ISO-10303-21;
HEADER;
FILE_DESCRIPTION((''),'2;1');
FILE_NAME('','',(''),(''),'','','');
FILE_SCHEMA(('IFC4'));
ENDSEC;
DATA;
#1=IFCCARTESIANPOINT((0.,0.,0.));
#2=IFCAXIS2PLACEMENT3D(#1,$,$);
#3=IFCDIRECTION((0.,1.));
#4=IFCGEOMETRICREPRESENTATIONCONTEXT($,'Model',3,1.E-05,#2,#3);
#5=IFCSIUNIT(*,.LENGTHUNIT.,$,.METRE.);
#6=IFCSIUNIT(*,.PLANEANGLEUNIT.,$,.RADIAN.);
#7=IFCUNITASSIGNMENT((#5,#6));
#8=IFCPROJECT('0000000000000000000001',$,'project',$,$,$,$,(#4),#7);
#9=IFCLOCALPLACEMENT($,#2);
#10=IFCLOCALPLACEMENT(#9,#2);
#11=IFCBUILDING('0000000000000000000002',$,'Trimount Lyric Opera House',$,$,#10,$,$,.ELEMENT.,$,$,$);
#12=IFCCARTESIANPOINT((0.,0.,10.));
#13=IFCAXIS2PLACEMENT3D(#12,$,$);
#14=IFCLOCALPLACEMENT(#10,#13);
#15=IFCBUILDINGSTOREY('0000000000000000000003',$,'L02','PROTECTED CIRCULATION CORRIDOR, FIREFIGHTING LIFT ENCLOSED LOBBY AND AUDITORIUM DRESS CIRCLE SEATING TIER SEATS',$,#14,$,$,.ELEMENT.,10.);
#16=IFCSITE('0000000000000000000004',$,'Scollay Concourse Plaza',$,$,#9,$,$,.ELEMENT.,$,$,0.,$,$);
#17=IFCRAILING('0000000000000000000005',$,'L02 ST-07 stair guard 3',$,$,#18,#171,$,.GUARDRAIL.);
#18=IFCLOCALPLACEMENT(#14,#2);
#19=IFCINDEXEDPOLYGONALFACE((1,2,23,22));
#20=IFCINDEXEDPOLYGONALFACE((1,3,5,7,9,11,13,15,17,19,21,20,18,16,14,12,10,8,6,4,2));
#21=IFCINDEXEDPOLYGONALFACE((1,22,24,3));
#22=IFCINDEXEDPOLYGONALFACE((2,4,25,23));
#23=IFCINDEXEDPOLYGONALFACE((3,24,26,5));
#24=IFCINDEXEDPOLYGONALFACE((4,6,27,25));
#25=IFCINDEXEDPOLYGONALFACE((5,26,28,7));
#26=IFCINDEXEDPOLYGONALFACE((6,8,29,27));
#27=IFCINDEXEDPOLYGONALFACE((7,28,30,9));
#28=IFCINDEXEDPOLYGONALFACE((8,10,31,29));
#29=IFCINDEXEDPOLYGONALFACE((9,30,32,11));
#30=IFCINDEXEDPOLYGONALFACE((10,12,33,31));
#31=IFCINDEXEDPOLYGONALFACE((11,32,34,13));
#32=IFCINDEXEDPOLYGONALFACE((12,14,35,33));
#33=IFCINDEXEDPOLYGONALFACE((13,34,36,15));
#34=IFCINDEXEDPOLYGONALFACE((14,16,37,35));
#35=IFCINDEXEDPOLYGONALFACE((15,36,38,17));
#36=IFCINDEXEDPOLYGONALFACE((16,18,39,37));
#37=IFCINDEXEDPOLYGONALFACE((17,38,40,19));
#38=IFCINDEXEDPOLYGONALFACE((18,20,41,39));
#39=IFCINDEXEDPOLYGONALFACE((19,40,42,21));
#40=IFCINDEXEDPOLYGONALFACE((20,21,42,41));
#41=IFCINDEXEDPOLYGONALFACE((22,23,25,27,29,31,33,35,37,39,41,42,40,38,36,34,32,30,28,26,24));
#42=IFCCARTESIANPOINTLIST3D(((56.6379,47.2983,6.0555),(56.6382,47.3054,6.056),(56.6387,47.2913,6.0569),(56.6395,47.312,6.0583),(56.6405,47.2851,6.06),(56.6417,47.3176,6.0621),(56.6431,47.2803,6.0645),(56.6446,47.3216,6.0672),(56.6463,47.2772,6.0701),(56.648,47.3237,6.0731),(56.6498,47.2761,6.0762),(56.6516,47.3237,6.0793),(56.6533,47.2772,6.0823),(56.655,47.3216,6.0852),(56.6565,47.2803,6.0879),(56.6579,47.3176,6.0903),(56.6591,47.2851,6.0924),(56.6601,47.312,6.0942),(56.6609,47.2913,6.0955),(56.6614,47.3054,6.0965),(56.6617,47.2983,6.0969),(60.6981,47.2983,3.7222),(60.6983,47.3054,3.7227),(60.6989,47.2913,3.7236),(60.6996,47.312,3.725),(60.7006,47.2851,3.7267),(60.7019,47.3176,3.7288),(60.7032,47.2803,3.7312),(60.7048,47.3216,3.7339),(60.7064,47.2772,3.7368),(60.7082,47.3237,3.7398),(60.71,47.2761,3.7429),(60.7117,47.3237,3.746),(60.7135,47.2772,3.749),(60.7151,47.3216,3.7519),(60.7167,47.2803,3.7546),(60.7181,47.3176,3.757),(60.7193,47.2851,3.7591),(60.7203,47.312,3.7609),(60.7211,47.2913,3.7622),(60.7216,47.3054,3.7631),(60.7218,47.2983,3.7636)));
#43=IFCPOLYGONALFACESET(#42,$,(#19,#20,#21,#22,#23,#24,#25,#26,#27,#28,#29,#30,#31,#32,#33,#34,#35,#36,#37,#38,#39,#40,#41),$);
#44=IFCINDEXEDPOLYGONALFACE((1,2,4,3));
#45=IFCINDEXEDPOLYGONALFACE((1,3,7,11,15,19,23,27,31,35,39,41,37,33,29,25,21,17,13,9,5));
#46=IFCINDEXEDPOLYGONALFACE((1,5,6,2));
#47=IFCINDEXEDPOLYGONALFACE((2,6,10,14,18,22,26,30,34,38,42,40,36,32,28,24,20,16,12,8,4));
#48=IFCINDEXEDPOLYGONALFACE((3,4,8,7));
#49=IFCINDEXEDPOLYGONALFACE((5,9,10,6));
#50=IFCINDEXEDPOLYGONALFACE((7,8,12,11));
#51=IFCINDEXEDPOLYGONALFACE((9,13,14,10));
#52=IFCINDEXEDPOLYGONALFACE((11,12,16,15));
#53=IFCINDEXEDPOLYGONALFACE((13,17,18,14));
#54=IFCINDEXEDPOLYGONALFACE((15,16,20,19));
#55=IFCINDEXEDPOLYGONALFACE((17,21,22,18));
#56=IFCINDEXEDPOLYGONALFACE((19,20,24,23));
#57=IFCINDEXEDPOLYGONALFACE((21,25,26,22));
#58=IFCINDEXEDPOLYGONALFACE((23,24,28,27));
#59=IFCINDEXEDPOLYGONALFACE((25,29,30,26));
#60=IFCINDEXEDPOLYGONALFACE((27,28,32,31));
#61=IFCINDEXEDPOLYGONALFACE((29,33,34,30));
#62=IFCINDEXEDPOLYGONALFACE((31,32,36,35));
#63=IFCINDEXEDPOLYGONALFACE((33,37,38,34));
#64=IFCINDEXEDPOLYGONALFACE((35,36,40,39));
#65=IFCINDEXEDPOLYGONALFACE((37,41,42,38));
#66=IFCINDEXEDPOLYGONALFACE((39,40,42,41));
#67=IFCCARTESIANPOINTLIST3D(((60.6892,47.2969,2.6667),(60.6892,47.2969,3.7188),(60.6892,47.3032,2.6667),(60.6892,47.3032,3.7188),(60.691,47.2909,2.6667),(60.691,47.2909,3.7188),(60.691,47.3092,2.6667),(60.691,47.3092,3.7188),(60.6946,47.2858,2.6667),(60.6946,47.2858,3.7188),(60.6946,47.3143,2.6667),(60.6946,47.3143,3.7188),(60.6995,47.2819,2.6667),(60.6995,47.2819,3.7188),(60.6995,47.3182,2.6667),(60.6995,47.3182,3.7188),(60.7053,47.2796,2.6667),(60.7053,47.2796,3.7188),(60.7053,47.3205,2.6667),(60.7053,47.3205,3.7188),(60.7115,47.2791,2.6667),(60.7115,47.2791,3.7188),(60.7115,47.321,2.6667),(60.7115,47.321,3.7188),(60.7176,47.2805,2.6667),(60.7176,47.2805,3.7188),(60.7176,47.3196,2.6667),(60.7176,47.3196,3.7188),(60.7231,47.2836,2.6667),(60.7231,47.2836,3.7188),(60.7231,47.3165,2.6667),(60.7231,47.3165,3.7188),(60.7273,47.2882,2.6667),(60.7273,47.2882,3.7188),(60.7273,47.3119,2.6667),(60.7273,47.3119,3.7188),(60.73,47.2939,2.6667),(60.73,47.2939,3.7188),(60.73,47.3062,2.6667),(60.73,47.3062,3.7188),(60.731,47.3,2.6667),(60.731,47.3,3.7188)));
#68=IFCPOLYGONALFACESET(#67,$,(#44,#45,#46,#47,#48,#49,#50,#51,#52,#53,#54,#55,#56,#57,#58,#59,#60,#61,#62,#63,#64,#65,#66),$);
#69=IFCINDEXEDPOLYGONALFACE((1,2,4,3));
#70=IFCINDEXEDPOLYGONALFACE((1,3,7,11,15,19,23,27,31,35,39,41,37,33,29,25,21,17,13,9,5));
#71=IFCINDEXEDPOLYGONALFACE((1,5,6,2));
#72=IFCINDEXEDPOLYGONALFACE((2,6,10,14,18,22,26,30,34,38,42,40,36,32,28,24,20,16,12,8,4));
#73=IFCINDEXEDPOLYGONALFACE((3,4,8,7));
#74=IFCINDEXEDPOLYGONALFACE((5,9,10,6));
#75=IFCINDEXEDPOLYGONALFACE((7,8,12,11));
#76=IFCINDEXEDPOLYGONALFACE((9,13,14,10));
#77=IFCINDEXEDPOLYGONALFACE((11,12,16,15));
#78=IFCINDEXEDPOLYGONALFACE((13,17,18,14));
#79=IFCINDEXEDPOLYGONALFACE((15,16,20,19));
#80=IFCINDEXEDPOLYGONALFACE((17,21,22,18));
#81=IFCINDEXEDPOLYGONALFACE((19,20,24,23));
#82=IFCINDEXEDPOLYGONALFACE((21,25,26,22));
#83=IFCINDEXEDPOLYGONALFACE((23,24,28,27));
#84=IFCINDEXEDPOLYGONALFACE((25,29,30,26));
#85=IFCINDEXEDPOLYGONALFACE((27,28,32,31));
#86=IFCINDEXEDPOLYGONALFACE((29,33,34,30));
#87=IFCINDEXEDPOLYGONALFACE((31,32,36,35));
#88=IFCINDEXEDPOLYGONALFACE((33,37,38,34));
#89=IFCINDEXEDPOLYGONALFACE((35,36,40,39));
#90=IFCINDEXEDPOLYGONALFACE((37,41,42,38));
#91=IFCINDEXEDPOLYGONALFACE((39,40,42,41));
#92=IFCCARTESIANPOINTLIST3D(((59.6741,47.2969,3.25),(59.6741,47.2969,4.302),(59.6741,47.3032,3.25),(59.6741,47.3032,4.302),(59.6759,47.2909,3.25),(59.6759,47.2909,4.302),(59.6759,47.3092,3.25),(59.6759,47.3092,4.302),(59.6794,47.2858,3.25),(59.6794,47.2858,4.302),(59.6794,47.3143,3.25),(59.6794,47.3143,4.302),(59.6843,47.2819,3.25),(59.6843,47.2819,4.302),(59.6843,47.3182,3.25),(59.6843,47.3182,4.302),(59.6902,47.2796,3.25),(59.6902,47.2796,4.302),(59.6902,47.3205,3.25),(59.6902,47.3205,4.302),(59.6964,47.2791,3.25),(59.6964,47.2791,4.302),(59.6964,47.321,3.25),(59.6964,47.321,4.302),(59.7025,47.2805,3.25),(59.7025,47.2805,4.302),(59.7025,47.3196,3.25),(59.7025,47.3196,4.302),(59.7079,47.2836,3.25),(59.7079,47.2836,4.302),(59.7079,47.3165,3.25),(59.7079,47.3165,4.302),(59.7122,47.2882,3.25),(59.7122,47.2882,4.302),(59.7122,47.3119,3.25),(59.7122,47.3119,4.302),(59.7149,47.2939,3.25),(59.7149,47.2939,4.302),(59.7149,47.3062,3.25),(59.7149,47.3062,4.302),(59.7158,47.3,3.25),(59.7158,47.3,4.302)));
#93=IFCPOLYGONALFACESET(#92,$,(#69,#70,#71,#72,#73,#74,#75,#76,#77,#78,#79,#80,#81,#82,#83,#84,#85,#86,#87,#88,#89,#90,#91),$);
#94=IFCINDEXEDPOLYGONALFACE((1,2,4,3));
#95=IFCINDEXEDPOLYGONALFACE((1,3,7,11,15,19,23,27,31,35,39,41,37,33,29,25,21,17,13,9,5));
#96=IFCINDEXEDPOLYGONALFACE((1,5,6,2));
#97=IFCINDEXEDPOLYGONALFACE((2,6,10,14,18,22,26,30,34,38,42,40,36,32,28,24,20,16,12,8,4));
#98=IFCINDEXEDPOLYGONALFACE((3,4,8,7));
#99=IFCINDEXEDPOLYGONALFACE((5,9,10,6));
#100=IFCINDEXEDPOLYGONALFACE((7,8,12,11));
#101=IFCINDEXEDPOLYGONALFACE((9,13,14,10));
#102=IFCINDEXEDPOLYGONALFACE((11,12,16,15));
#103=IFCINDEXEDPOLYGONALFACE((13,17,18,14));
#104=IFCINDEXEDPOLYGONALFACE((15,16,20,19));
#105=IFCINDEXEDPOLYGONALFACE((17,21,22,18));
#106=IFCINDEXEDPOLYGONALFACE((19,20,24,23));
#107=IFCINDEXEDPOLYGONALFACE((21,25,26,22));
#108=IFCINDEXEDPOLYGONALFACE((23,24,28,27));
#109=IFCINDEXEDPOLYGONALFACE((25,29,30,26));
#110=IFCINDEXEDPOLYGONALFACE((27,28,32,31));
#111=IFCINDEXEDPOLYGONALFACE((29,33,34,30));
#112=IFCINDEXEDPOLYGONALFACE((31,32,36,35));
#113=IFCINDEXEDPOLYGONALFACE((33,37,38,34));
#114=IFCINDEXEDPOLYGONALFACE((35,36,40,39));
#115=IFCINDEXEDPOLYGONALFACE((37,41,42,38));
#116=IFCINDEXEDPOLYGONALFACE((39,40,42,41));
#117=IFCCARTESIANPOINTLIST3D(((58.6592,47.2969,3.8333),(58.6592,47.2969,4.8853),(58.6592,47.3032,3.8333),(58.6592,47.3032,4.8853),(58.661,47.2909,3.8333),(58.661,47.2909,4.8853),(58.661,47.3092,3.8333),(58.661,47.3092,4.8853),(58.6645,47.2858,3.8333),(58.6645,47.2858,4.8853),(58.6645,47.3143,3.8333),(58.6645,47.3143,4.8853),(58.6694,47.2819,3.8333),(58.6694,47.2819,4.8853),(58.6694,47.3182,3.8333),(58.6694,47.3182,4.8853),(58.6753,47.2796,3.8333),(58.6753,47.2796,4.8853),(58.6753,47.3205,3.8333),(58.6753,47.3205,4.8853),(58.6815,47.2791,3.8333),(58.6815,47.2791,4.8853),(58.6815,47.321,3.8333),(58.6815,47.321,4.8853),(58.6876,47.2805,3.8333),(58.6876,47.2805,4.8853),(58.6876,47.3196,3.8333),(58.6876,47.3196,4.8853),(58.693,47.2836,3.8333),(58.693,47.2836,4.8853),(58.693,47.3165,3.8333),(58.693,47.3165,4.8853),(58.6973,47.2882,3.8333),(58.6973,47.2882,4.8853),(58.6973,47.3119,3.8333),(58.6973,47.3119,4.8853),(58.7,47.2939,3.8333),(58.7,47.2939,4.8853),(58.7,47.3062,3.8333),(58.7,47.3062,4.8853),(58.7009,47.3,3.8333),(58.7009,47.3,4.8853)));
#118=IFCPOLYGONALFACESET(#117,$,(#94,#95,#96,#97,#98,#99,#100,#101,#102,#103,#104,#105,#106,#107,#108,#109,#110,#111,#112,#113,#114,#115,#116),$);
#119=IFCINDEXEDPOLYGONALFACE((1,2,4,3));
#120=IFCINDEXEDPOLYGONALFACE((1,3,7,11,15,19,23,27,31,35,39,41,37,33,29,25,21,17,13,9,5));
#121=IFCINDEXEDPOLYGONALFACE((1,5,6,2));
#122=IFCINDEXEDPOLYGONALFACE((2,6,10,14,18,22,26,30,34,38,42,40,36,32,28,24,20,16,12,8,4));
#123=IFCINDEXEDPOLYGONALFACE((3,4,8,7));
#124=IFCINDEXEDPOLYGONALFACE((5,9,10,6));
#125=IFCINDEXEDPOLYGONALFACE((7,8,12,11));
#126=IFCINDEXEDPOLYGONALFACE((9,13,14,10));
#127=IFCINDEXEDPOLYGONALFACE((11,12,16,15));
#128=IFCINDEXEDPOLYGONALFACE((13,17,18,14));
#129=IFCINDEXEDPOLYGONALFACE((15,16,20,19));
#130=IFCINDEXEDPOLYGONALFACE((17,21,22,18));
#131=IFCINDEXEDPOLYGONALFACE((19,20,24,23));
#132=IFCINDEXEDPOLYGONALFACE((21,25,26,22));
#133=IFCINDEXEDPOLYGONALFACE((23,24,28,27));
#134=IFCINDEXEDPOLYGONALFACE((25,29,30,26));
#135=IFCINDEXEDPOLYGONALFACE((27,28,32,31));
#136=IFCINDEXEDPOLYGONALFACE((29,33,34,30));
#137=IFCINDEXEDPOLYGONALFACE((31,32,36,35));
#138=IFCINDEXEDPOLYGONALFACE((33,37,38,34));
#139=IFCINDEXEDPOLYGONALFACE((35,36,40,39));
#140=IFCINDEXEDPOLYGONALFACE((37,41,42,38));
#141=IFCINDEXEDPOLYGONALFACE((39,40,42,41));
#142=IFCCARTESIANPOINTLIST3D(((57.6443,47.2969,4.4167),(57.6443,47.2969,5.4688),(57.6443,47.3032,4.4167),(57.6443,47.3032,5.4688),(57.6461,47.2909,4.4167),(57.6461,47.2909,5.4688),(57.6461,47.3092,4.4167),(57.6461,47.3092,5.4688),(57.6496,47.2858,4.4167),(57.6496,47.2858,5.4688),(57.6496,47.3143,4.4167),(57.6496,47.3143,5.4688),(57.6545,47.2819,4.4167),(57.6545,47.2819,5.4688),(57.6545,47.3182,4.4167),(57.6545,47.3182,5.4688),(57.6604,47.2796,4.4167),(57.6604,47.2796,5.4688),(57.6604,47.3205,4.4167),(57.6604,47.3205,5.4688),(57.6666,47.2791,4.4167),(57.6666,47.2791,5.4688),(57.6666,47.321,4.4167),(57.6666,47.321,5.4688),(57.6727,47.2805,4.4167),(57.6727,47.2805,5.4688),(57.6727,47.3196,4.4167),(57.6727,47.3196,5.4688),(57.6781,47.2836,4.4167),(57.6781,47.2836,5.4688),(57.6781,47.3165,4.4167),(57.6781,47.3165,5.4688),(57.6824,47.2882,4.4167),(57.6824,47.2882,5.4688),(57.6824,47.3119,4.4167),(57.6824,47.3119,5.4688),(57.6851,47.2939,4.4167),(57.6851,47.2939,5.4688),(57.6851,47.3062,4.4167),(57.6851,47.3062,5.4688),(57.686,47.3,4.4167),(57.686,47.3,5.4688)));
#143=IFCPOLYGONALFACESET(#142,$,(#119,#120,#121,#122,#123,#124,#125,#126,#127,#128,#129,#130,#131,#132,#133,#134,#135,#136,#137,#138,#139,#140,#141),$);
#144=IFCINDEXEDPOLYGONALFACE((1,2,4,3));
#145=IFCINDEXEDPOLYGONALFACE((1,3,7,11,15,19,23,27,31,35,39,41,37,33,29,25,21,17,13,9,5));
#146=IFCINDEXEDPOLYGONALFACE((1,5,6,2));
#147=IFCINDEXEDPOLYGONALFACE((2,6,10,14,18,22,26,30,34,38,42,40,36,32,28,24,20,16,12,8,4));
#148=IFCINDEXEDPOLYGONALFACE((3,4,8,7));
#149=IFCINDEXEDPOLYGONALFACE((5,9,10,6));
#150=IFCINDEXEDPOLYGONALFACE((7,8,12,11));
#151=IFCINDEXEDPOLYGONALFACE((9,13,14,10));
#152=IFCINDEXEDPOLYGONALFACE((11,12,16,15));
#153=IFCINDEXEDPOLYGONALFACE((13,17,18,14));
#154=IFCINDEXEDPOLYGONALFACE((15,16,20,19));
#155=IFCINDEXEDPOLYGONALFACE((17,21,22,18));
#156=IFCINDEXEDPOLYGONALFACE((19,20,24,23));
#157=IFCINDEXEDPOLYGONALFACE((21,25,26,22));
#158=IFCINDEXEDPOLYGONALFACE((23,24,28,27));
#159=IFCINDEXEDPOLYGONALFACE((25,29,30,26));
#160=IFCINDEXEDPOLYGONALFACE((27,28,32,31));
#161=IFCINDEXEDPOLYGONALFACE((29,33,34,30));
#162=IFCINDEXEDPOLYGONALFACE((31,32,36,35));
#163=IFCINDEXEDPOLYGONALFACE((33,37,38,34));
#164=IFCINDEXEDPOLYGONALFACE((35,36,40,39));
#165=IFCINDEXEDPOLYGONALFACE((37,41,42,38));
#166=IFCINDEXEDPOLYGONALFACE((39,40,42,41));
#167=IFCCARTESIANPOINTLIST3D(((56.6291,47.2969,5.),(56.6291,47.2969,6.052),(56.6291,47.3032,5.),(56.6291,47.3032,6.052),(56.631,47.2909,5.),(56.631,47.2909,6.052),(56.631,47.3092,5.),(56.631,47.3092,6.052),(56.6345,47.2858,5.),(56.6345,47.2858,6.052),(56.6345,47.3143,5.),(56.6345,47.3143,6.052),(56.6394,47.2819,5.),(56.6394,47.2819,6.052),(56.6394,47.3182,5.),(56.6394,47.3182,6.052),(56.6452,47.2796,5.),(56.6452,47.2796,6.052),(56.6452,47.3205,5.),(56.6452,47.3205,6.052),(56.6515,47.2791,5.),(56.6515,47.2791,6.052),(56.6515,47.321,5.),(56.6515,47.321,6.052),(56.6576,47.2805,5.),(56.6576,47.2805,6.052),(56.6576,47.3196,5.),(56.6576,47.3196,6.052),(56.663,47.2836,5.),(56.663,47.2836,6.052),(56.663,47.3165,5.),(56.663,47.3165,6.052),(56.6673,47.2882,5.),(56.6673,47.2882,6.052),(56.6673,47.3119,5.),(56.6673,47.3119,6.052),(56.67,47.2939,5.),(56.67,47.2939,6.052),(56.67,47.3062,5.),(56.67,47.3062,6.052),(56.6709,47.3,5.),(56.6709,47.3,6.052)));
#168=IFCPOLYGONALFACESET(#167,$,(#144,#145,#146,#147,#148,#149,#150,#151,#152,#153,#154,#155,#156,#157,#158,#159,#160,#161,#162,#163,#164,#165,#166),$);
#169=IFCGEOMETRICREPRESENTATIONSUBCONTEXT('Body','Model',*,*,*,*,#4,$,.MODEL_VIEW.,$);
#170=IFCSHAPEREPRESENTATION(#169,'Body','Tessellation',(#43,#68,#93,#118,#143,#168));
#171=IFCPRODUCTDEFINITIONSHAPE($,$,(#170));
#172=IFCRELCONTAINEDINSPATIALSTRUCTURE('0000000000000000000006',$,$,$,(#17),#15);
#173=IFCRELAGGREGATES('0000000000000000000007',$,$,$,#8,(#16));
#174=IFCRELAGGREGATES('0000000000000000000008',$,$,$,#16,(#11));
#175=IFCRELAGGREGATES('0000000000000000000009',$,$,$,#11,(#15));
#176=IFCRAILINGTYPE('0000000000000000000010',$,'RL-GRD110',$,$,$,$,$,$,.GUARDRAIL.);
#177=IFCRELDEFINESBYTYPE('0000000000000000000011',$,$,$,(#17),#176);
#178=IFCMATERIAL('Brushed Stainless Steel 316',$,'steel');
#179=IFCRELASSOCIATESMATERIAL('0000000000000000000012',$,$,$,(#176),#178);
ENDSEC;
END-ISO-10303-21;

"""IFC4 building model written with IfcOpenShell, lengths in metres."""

from ifc_helpers import new_model, si_unit, direction, frame, origin, origin_2d, place, context, subcontext, project, spatial, circle, extrude, material, type_object, element, save


model = new_model("IFC4")

# Units and contexts
model_context = context("Model", 3, precision=1e-05, world=origin(), true_north=direction((0.0, 1.0)))
body_context = subcontext(model_context, "Body", "Model", "MODEL_VIEW")
ifc_project = project(units=[si_unit("LENGTHUNIT", "METRE"), si_unit("PLANEANGLEUNIT", "RADIAN")], contexts=[model_context])

# Site, building, storey
site_placement = place(None, origin())
site = spatial("IfcSite", under=ifc_project, at=site_placement, Name="Scollay Concourse Plaza", CompositionType="ELEMENT", RefElevation=0.0)
building_placement = place(site_placement, origin())
building = spatial("IfcBuilding", under=site, at=building_placement, Name="Trimount Lyric Opera House", CompositionType="ELEMENT")
storey_placement = place(building_placement, frame((0.0, 0.0, 10.0)))
storey = spatial("IfcBuildingStorey", under=building, at=storey_placement, Name="L02", Description="PROTECTED CIRCULATION CORRIDOR, FIREFIGHTING LIFT ENCLOSED LOBBY AND AUDITORIUM DRESS CIRCLE SEATING TIER SEATS", CompositionType="ELEMENT", Elevation=10.0)

# Railing
ifc_material_1 = material(Name="Brushed Stainless Steel 316", Category="steel")
railing_type_1 = type_object("IfcRailingType", Name="RL-GRD110", PredefinedType="GUARDRAIL", material=ifc_material_1)
railing_1_placement = place(storey_placement, frame((60.71, 47.3, 2.6667)))
element("IfcRailing", 1, at=railing_1_placement, inside=storey, type_object=railing_type_1, Name="L02 ST-07 stair guard 3", PredefinedType="GUARDRAIL", context=body_context, shape_type="SweptSolid", body=[
    extrude(circle(Radius=0.0239, at=origin_2d()), frame((0.0, 0.0, 1.0762), z_axis=(-0.867025, 0.0, 0.498265), x_axis=(0.0, -1.0, 0.0)), (0.0, 0.0, 1.0), 4.6829),
    extrude(circle(Radius=0.021, at=origin_2d()), origin(), (0.0, 0.0, 1.0), 1.052),
    extrude(circle(Radius=0.021, at=origin_2d()), frame((-1.0151, 0.0, 0.5833)), (0.0, 0.0, 1.0), 1.052),
    extrude(circle(Radius=0.021, at=origin_2d()), frame((-2.03, 0.0, 1.1665)), (0.0, 0.0, 1.0), 1.052),
    extrude(circle(Radius=0.021, at=origin_2d()), frame((-3.0449, 0.0, 1.75)), (0.0, 0.0, 1.0), 1.052),
    extrude(circle(Radius=0.021, at=origin_2d()), frame((-4.0601, 0.0, 2.3333)), (0.0, 0.0, 1.0), 1.052),
])

save(model, "model.ifc")
